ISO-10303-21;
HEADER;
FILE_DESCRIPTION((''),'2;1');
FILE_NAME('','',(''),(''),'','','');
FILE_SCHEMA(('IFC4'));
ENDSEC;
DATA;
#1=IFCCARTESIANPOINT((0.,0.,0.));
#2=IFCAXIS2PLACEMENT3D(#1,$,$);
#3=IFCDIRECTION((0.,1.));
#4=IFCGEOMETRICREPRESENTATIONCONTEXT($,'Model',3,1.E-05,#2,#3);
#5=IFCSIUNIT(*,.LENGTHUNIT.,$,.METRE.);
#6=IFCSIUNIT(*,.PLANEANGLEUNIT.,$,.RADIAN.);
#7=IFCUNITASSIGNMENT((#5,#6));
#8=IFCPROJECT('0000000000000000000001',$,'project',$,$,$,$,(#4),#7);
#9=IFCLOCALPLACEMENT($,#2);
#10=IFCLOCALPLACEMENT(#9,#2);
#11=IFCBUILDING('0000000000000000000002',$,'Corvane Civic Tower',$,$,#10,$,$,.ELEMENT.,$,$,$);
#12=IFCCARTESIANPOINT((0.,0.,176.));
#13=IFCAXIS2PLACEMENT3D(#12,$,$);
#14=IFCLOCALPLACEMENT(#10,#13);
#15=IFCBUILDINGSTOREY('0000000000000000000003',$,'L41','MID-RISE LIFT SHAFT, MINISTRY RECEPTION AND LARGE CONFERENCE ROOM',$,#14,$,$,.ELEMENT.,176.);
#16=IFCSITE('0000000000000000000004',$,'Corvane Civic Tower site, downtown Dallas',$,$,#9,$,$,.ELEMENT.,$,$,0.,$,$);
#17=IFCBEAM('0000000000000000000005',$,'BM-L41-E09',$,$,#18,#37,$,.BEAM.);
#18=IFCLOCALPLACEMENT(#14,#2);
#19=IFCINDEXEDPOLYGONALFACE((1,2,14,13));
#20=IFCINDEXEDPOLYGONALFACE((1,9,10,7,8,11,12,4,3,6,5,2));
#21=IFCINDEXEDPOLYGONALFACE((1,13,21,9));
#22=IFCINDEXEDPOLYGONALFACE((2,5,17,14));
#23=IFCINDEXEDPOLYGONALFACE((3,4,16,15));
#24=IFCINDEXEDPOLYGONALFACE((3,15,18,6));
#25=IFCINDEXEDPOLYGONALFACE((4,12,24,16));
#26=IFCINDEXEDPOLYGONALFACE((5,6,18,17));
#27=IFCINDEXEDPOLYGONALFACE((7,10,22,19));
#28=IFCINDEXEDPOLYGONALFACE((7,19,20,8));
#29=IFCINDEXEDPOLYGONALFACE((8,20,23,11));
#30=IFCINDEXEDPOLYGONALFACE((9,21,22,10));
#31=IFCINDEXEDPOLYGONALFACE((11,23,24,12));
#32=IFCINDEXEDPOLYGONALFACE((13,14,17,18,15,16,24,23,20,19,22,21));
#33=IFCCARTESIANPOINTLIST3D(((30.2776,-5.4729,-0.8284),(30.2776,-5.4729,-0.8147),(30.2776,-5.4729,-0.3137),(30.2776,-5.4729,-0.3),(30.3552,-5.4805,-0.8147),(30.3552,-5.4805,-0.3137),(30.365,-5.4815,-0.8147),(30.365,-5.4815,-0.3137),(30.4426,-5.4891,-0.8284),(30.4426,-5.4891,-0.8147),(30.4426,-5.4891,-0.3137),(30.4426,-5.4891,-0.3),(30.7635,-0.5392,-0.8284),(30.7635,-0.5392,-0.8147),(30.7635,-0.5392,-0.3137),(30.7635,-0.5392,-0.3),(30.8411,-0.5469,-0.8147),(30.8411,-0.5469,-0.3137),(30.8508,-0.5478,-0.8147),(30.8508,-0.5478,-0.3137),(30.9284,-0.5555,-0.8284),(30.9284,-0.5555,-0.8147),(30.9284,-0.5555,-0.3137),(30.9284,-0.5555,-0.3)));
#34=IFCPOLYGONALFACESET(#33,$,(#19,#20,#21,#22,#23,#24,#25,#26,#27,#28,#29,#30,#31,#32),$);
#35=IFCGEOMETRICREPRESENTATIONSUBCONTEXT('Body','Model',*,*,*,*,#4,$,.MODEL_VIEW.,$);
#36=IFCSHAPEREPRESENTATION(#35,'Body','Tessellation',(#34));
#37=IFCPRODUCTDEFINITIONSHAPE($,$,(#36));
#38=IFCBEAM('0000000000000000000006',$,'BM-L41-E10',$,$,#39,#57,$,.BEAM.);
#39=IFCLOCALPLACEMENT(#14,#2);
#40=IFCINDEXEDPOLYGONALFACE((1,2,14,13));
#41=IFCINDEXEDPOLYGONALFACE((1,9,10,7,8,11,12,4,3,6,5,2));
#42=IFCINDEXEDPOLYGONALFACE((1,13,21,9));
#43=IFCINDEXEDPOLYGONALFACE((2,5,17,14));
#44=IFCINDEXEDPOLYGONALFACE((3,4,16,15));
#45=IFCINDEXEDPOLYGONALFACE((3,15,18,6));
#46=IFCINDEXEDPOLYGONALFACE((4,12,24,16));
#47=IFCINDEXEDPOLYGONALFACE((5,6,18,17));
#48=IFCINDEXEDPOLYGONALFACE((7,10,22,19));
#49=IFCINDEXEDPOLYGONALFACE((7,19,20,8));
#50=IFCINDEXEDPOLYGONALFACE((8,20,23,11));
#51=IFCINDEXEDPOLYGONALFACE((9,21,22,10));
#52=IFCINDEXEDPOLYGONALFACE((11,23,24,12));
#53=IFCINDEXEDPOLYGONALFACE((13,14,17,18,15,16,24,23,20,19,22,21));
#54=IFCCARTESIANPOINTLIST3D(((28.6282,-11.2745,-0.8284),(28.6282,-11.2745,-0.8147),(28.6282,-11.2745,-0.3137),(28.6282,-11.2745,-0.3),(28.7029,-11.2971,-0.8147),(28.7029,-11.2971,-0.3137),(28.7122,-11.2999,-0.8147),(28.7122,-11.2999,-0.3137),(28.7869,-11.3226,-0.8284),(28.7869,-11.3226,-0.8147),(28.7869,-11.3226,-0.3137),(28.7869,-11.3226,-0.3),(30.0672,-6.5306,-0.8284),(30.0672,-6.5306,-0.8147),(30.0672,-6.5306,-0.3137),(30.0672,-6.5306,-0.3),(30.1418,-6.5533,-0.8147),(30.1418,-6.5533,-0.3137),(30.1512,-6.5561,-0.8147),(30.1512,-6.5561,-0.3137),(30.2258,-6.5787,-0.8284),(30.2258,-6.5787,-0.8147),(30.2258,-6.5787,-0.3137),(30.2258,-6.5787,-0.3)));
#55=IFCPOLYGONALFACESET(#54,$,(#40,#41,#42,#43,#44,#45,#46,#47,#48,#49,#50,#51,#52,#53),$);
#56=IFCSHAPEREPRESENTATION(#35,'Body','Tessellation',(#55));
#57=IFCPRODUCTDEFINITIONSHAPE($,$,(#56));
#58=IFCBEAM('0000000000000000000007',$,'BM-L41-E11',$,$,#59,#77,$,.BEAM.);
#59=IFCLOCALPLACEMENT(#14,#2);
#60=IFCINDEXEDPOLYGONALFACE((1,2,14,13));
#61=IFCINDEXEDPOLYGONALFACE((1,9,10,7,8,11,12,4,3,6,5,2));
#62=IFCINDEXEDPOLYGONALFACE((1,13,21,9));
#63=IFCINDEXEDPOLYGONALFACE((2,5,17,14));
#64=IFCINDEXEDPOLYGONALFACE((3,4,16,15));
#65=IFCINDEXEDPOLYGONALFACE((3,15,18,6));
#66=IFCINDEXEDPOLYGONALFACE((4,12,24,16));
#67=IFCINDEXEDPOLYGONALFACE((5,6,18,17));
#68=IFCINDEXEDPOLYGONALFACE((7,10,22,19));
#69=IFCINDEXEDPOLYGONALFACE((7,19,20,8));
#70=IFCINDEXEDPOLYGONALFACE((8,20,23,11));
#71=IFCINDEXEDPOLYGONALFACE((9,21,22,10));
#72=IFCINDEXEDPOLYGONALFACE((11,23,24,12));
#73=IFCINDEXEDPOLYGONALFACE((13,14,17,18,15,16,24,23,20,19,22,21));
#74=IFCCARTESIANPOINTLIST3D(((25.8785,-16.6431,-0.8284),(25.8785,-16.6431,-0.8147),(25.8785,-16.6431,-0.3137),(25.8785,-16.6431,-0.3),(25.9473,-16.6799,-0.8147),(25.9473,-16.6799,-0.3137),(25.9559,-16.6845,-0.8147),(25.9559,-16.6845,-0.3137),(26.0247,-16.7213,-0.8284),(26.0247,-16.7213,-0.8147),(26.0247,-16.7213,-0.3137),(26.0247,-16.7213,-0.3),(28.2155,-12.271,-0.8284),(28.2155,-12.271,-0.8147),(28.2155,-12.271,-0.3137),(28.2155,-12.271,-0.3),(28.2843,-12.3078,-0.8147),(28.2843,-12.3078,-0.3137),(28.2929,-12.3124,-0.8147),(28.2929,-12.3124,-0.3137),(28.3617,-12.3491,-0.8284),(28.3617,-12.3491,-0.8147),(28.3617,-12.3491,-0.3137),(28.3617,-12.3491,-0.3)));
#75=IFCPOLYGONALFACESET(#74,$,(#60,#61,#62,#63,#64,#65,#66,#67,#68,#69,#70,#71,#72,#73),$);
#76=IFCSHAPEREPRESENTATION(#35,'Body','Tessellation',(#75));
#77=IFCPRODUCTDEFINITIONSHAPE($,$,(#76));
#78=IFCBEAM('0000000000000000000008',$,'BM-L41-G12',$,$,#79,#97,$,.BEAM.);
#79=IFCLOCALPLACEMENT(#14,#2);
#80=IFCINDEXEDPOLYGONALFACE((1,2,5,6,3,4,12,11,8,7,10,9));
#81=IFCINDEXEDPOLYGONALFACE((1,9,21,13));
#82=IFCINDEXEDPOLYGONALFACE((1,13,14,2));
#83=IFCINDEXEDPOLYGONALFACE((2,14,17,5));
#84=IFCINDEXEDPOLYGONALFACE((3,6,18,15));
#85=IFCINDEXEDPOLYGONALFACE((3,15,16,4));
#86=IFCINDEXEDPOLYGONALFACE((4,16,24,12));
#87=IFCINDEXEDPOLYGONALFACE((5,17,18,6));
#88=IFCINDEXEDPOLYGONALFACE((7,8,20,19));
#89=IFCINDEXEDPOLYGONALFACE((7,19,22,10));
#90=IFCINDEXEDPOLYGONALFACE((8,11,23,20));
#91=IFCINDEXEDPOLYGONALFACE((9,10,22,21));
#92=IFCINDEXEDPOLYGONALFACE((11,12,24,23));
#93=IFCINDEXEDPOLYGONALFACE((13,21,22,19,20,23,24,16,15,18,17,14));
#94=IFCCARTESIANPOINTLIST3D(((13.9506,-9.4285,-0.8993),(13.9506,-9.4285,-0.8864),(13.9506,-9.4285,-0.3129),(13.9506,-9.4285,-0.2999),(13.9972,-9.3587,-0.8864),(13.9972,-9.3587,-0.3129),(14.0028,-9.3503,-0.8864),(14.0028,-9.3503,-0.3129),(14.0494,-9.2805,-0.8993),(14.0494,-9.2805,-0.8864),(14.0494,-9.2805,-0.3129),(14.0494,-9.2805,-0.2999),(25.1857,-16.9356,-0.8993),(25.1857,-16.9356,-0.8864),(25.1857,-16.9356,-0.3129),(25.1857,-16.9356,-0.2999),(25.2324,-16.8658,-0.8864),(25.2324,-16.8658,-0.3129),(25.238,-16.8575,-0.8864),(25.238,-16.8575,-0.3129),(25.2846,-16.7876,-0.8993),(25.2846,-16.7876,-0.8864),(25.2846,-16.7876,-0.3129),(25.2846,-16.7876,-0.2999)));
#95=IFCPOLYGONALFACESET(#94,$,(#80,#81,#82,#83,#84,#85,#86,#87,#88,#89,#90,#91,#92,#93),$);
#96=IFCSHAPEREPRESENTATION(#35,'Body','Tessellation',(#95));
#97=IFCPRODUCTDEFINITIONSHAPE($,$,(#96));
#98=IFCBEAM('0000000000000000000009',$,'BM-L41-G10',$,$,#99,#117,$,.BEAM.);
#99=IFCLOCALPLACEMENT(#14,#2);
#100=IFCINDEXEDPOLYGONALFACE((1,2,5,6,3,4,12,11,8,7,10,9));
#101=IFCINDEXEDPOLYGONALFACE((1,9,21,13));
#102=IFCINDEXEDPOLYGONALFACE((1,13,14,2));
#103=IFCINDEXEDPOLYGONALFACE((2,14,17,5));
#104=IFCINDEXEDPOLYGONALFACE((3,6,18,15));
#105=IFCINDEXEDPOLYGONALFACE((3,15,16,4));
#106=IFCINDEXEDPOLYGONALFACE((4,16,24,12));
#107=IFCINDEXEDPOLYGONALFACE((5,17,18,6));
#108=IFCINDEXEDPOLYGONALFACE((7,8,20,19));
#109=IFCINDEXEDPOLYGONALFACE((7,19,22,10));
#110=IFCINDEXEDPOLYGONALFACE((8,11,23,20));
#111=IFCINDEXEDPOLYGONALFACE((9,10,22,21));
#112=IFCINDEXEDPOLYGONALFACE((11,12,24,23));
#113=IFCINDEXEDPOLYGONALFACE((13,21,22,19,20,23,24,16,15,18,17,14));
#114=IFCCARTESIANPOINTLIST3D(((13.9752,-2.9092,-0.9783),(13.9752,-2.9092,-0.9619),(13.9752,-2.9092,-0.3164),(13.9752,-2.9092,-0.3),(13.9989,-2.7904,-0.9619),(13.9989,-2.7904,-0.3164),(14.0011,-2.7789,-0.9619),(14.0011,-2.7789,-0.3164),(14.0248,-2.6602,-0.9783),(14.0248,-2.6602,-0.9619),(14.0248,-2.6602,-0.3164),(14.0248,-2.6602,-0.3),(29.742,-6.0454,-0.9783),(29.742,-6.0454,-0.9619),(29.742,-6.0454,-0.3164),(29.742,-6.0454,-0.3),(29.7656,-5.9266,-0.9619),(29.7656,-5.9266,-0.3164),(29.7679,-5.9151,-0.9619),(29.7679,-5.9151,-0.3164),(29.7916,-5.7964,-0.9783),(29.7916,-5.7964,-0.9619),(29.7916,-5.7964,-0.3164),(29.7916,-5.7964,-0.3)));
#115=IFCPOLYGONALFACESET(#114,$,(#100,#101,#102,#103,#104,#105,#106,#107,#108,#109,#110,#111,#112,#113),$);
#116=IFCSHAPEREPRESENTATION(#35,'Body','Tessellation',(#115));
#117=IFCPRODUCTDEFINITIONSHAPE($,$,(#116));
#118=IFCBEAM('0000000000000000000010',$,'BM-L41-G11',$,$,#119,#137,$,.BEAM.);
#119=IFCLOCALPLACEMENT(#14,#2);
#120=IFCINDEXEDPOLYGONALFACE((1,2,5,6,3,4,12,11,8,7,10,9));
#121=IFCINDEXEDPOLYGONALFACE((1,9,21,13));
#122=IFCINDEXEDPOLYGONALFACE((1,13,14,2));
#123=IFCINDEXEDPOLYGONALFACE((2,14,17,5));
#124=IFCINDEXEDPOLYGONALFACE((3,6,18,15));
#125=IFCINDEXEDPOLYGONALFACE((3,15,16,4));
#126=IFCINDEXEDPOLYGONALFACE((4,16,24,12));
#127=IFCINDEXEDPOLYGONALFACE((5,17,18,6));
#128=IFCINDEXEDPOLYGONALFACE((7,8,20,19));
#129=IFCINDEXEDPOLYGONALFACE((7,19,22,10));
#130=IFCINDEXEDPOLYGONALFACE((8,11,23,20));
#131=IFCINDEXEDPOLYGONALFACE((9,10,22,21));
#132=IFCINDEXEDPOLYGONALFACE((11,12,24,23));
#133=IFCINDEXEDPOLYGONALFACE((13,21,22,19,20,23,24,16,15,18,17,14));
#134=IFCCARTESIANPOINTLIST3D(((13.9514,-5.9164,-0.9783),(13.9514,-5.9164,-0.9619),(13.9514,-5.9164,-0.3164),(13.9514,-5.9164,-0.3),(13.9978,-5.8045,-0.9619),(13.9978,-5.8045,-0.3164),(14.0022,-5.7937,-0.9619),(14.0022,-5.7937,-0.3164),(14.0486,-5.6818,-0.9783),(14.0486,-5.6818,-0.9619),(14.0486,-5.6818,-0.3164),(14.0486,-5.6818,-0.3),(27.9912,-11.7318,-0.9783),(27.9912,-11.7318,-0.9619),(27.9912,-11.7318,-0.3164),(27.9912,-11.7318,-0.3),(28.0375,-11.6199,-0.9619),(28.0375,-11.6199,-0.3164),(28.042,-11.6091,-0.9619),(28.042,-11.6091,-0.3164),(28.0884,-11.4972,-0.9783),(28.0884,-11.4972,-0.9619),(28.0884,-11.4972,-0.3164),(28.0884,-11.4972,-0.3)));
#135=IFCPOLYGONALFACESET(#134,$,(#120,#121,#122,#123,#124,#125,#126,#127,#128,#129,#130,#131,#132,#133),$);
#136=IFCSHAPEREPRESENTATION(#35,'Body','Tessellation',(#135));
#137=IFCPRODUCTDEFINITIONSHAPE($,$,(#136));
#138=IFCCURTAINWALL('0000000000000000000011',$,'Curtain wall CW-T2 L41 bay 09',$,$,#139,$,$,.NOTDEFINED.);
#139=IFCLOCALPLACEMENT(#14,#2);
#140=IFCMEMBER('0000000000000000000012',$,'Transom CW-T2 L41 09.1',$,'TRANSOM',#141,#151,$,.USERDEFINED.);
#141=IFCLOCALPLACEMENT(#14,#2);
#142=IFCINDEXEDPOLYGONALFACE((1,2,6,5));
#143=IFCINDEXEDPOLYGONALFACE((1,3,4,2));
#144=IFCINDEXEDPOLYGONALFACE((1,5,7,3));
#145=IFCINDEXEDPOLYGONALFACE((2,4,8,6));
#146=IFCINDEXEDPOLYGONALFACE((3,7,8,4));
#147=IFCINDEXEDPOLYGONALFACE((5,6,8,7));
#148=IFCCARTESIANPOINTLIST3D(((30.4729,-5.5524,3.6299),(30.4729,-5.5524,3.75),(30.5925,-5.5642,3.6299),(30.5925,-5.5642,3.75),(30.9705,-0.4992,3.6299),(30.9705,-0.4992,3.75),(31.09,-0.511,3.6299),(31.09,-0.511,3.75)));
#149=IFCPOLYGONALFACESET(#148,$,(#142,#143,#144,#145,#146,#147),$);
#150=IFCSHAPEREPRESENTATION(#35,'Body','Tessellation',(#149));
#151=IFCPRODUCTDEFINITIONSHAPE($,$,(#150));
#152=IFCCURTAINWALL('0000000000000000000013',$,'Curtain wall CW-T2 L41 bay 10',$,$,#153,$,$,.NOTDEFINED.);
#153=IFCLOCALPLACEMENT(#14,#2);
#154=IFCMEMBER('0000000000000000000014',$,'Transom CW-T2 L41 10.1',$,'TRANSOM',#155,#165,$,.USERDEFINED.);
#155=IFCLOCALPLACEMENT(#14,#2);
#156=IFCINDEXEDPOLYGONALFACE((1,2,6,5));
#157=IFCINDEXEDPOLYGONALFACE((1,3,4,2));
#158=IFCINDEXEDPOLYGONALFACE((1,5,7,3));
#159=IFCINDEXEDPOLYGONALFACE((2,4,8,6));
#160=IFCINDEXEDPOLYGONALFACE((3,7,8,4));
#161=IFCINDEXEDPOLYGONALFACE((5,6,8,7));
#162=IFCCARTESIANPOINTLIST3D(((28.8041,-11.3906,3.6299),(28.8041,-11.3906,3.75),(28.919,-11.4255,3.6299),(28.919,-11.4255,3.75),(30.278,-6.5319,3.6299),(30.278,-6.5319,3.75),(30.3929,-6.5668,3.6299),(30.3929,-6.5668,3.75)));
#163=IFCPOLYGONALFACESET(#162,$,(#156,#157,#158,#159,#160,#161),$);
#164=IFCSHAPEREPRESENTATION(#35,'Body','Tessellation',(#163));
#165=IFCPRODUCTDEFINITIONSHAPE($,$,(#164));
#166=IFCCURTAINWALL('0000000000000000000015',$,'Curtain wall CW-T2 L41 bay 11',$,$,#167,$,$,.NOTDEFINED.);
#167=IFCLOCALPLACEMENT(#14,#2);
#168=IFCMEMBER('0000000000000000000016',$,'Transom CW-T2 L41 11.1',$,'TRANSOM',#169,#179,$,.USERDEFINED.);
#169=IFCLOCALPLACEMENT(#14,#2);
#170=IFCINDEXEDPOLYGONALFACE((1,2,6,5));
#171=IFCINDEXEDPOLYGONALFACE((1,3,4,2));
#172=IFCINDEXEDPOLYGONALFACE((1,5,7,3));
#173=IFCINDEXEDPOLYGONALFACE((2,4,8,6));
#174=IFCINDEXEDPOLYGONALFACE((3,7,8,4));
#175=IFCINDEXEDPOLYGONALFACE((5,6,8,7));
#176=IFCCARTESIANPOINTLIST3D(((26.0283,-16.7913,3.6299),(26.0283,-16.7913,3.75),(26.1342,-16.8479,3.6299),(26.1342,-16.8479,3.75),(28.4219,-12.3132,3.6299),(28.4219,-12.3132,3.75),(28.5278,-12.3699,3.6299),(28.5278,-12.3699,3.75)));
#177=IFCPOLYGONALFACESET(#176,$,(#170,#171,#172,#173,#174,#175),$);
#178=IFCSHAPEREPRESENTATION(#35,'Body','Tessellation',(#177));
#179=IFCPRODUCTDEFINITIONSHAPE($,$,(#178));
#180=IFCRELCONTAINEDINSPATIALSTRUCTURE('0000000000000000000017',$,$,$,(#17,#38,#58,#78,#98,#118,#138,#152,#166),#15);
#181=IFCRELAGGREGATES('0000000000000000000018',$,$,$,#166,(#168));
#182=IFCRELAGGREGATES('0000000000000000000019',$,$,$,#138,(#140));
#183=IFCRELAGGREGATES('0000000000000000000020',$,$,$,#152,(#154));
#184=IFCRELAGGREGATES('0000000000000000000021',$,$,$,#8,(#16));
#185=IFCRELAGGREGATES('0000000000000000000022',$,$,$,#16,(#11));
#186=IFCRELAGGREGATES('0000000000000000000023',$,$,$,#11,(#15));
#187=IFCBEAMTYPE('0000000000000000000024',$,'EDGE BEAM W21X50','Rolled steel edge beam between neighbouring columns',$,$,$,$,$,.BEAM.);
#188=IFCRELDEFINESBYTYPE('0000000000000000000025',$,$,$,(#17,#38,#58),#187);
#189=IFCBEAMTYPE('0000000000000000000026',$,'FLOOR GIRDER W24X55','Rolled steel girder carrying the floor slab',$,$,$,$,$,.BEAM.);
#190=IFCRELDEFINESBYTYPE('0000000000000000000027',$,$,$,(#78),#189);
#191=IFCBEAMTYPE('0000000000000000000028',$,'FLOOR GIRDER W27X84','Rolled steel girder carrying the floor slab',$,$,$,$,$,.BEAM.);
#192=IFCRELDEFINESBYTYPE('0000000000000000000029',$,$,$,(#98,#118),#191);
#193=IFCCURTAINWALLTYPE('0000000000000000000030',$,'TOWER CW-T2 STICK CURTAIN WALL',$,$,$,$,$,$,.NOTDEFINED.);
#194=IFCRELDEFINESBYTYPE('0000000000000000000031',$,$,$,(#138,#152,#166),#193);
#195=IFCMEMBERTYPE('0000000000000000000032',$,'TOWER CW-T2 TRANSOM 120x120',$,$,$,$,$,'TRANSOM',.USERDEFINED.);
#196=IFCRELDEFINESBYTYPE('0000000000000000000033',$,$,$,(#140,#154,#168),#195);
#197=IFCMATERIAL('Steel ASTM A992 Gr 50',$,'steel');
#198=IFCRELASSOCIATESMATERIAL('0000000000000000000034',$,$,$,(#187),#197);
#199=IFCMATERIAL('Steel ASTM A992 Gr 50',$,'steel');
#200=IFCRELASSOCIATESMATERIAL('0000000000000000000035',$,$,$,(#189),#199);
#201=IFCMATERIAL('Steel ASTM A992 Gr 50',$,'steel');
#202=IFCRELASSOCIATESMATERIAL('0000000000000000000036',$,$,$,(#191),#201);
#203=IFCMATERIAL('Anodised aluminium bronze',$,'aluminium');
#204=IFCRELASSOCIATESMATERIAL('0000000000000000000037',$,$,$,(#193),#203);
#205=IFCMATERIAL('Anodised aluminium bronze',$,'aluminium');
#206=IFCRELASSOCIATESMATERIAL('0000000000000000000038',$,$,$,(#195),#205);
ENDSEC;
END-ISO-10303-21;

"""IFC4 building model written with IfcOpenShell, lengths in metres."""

from ifc_helpers import new_model, si_unit, direction, frame, origin, origin_2d, place, context, subcontext, project, spatial, rectangle, i_section, extrude, material, material_profile, profile_set, type_object, element, aggregate, save


model = new_model("IFC4")

# Units and contexts
model_context = context("Model", 3, precision=1e-05, world=origin(), true_north=direction((0.0, 1.0)))
body_context = subcontext(model_context, "Body", "Model", "MODEL_VIEW")
ifc_project = project(units=[si_unit("LENGTHUNIT", "METRE"), si_unit("PLANEANGLEUNIT", "RADIAN")], contexts=[model_context])

# Site, building, storey
site_placement = place(None, origin())
site = spatial("IfcSite", under=ifc_project, at=site_placement, Name="Corvane Civic Tower site, downtown Dallas", CompositionType="ELEMENT", RefElevation=0.0)
building_placement = place(site_placement, origin())
building = spatial("IfcBuilding", under=site, at=building_placement, Name="Corvane Civic Tower", CompositionType="ELEMENT")
storey_placement = place(building_placement, frame((0.0, 0.0, 176.0)))
storey = spatial("IfcBuildingStorey", under=building, at=storey_placement, Name="L41", Description="MID-RISE LIFT SHAFT, MINISTRY RECEPTION AND LARGE CONFERENCE ROOM", CompositionType="ELEMENT", Elevation=176.0)

# Beams
ifc_material_1 = material(Name="Steel ASTM A992 Gr 50", Category="steel")
ifc_material_profile_1 = material_profile(ifc_material_1, i_section(OverallWidth=0.1658, OverallDepth=0.5283, WebThickness=0.0098, FlangeThickness=0.0137, at=origin_2d()), Name="W21X50")
ifc_profile_set_1 = profile_set([ifc_material_profile_1], Name="Steel ASTM A992 Gr 50")
beam_type_1 = type_object("IfcBeamType", Name="EDGE BEAM W21X50", Description="Rolled steel edge beam between neighbouring columns", PredefinedType="BEAM", material=ifc_profile_set_1)
beam_1_placement = place(storey_placement, frame((30.8459, -0.5474, -0.5642), z_axis=(-0.098002, -0.995186, 0.0), x_axis=(0.995186, -0.098002, 0.0)))
element("IfcBeam", 1, at=beam_1_placement, inside=storey, type_object=beam_type_1, Name="BM-L41-E09", PredefinedType="BEAM", context=body_context, shape_type="SweptSolid", body=[
    extrude(i_section(OverallWidth=0.1658, OverallDepth=0.5283, WebThickness=0.0098, FlangeThickness=0.0137, at=origin_2d()), origin(), (0.0, 0.0, 1.0), 4.9575),
])
beam_2_placement = place(storey_placement, frame((30.1465, -6.5547, -0.5642), z_axis=(-0.29027, -0.956945, 0.0), x_axis=(0.956945, -0.29027, 0.0)))
element("IfcBeam", 2, at=beam_2_placement, inside=storey, type_object=beam_type_1, Name="BM-L41-E10", PredefinedType="BEAM", context=body_context, shape_type="SweptSolid", body=[
    extrude(i_section(OverallWidth=0.1658, OverallDepth=0.5283, WebThickness=0.0098, FlangeThickness=0.0137, at=origin_2d()), origin(), (0.0, 0.0, 1.0), 4.9573),
])
beam_3_placement = place(storey_placement, frame((28.2886, -12.3101, -0.5642), z_axis=(-0.471396, -0.881922, 0.0), x_axis=(0.881922, -0.471396, 0.0)))
element("IfcBeam", 3, at=beam_3_placement, inside=storey, type_object=beam_type_1, Name="BM-L41-E11", PredefinedType="BEAM", context=body_context, shape_type="SweptSolid", body=[
    extrude(i_section(OverallWidth=0.1658, OverallDepth=0.5283, WebThickness=0.0098, FlangeThickness=0.0137, at=origin_2d()), origin(), (0.0, 0.0, 1.0), 4.9575),
])
ifc_material_2 = material(Name="Steel ASTM A992 Gr 50", Category="steel")
ifc_material_profile_2 = material_profile(ifc_material_2, i_section(OverallWidth=0.178, OverallDepth=0.5994, WebThickness=0.01, FlangeThickness=0.0129, at=origin_2d()), Name="W24X55")
ifc_profile_set_2 = profile_set([ifc_material_profile_2], Name="Steel ASTM A992 Gr 50")
beam_type_2 = type_object("IfcBeamType", Name="FLOOR GIRDER W24X55", Description="Rolled steel girder carrying the floor slab", PredefinedType="BEAM", material=ifc_profile_set_2)
beam_4_placement = place(storey_placement, frame((14.0, -9.3545, -0.5996), z_axis=(0.831469, -0.555571, 0.0), x_axis=(0.555571, 0.831469, 0.0)))
element("IfcBeam", 4, at=beam_4_placement, inside=storey, type_object=beam_type_2, Name="BM-L41-G12", PredefinedType="BEAM", context=body_context, shape_type="SweptSolid", body=[
    extrude(i_section(OverallWidth=0.178, OverallDepth=0.5994, WebThickness=0.01, FlangeThickness=0.0129, at=origin_2d()), origin(), (0.0, 0.0, 1.0), 13.5125),
])
ifc_material_3 = material(Name="Steel ASTM A992 Gr 50", Category="steel")
ifc_material_profile_3 = material_profile(ifc_material_3, i_section(OverallWidth=0.2539, OverallDepth=0.6782, WebThickness=0.0117, FlangeThickness=0.0164, at=origin_2d()), Name="W27X84")
ifc_profile_set_3 = profile_set([ifc_material_profile_3], Name="Steel ASTM A992 Gr 50")
beam_type_3 = type_object("IfcBeamType", Name="FLOOR GIRDER W27X84", Description="Rolled steel girder carrying the floor slab", PredefinedType="BEAM", material=ifc_profile_set_3)
beam_5_placement = place(storey_placement, frame((14.0, -2.7847, -0.6392), z_axis=(0.980785, -0.195091, 0.0), x_axis=(0.195091, 0.980785, 0.0)))
element("IfcBeam", 5, at=beam_5_placement, inside=storey, type_object=beam_type_3, Name="BM-L41-G10", PredefinedType="BEAM", context=body_context, shape_type="SweptSolid", body=[
    extrude(i_section(OverallWidth=0.2539, OverallDepth=0.6782, WebThickness=0.0117, FlangeThickness=0.0164, at=origin_2d()), origin(), (0.0, 0.0, 1.0), 16.0757),
])
beam_6_placement = place(storey_placement, frame((14.0, -5.7991, -0.6392), z_axis=(0.923881, -0.382681, 0.0), x_axis=(0.382681, 0.923881, 0.0)))
element("IfcBeam", 6, at=beam_6_placement, inside=storey, type_object=beam_type_3, Name="BM-L41-G11", PredefinedType="BEAM", context=body_context, shape_type="SweptSolid", body=[
    extrude(i_section(OverallWidth=0.2539, OverallDepth=0.6782, WebThickness=0.0117, FlangeThickness=0.0164, at=origin_2d()), origin(), (0.0, 0.0, 1.0), 15.1965),
])

# Curtain walls, members
ifc_material_4 = material(Name="Anodised aluminium bronze", Category="aluminium")
curtain_wall_type = type_object("IfcCurtainWallType", Name="TOWER CW-T2 STICK CURTAIN WALL", PredefinedType="NOTDEFINED", material=ifc_material_4)
curtain_wall_1_placement = place(storey_placement, origin())
curtain_wall_1 = element("IfcCurtainWall", 7, at=curtain_wall_1_placement, inside=storey, type_object=curtain_wall_type, Name="Curtain wall CW-T2 L41 bay 09", PredefinedType="NOTDEFINED")
ifc_material_5 = material(Name="Anodised aluminium bronze", Category="aluminium")
ifc_material_profile_4 = material_profile(ifc_material_5, rectangle(XDim=0.1201, YDim=0.1201, at=origin_2d()), Name="TOWER CW-T2 TRANSOM 120x120")
ifc_profile_set_4 = profile_set([ifc_material_profile_4], Name="Anodised aluminium bronze")
member_type = type_object("IfcMemberType", Name="TOWER CW-T2 TRANSOM 120x120", ElementType="TRANSOM", PredefinedType="USERDEFINED", material=ifc_profile_set_4)
member_1_placement = place(storey_placement, frame((31.0303, -0.5051, 3.6899), z_axis=(-0.09799, -0.995187, 0.0), x_axis=(0.995187, -0.09799, 0.0)))
member_1 = element("IfcMember", 8, at=member_1_placement, type_object=member_type, Name="Transom CW-T2 L41 09.1", ObjectType="TRANSOM", PredefinedType="USERDEFINED", context=body_context, shape_type="SweptSolid", body=[
    extrude(rectangle(XDim=0.1201, YDim=0.1201, at=origin_2d()), origin(), (0.0, 0.0, 1.0), 5.0776),
])
curtain_wall_2_placement = place(storey_placement, origin())
curtain_wall_2 = element("IfcCurtainWall", 9, at=curtain_wall_2_placement, inside=storey, type_object=curtain_wall_type, Name="Curtain wall CW-T2 L41 bay 10", PredefinedType="NOTDEFINED")
member_2_placement = place(storey_placement, frame((30.3354, -6.5493, 3.6899), z_axis=(-0.290289, -0.956939, 0.0), x_axis=(0.956939, -0.290289, 0.0)))
member_2 = element("IfcMember", 10, at=member_2_placement, type_object=member_type, Name="Transom CW-T2 L41 10.1", ObjectType="TRANSOM", PredefinedType="USERDEFINED", context=body_context, shape_type="SweptSolid", body=[
    extrude(rectangle(XDim=0.1201, YDim=0.1201, at=origin_2d()), origin(), (0.0, 0.0, 1.0), 5.0774),
])
curtain_wall_3_placement = place(storey_placement, origin())
curtain_wall_3 = element("IfcCurtainWall", 11, at=curtain_wall_3_placement, inside=storey, type_object=curtain_wall_type, Name="Curtain wall CW-T2 L41 bay 11", PredefinedType="NOTDEFINED")
member_3_placement = place(storey_placement, frame((28.4749, -12.3416, 3.6899), z_axis=(-0.471397, -0.881921, 0.0), x_axis=(0.881921, -0.471397, 0.0)))
member_3 = element("IfcMember", 12, at=member_3_placement, type_object=member_type, Name="Transom CW-T2 L41 11.1", ObjectType="TRANSOM", PredefinedType="USERDEFINED", context=body_context, shape_type="SweptSolid", body=[
    extrude(rectangle(XDim=0.1201, YDim=0.1201, at=origin_2d()), origin(), (0.0, 0.0, 1.0), 5.0776),
])
aggregate(curtain_wall_3, [member_3])

aggregate(curtain_wall_1, [member_1])
aggregate(curtain_wall_2, [member_2])

save(model, "model.ifc")
